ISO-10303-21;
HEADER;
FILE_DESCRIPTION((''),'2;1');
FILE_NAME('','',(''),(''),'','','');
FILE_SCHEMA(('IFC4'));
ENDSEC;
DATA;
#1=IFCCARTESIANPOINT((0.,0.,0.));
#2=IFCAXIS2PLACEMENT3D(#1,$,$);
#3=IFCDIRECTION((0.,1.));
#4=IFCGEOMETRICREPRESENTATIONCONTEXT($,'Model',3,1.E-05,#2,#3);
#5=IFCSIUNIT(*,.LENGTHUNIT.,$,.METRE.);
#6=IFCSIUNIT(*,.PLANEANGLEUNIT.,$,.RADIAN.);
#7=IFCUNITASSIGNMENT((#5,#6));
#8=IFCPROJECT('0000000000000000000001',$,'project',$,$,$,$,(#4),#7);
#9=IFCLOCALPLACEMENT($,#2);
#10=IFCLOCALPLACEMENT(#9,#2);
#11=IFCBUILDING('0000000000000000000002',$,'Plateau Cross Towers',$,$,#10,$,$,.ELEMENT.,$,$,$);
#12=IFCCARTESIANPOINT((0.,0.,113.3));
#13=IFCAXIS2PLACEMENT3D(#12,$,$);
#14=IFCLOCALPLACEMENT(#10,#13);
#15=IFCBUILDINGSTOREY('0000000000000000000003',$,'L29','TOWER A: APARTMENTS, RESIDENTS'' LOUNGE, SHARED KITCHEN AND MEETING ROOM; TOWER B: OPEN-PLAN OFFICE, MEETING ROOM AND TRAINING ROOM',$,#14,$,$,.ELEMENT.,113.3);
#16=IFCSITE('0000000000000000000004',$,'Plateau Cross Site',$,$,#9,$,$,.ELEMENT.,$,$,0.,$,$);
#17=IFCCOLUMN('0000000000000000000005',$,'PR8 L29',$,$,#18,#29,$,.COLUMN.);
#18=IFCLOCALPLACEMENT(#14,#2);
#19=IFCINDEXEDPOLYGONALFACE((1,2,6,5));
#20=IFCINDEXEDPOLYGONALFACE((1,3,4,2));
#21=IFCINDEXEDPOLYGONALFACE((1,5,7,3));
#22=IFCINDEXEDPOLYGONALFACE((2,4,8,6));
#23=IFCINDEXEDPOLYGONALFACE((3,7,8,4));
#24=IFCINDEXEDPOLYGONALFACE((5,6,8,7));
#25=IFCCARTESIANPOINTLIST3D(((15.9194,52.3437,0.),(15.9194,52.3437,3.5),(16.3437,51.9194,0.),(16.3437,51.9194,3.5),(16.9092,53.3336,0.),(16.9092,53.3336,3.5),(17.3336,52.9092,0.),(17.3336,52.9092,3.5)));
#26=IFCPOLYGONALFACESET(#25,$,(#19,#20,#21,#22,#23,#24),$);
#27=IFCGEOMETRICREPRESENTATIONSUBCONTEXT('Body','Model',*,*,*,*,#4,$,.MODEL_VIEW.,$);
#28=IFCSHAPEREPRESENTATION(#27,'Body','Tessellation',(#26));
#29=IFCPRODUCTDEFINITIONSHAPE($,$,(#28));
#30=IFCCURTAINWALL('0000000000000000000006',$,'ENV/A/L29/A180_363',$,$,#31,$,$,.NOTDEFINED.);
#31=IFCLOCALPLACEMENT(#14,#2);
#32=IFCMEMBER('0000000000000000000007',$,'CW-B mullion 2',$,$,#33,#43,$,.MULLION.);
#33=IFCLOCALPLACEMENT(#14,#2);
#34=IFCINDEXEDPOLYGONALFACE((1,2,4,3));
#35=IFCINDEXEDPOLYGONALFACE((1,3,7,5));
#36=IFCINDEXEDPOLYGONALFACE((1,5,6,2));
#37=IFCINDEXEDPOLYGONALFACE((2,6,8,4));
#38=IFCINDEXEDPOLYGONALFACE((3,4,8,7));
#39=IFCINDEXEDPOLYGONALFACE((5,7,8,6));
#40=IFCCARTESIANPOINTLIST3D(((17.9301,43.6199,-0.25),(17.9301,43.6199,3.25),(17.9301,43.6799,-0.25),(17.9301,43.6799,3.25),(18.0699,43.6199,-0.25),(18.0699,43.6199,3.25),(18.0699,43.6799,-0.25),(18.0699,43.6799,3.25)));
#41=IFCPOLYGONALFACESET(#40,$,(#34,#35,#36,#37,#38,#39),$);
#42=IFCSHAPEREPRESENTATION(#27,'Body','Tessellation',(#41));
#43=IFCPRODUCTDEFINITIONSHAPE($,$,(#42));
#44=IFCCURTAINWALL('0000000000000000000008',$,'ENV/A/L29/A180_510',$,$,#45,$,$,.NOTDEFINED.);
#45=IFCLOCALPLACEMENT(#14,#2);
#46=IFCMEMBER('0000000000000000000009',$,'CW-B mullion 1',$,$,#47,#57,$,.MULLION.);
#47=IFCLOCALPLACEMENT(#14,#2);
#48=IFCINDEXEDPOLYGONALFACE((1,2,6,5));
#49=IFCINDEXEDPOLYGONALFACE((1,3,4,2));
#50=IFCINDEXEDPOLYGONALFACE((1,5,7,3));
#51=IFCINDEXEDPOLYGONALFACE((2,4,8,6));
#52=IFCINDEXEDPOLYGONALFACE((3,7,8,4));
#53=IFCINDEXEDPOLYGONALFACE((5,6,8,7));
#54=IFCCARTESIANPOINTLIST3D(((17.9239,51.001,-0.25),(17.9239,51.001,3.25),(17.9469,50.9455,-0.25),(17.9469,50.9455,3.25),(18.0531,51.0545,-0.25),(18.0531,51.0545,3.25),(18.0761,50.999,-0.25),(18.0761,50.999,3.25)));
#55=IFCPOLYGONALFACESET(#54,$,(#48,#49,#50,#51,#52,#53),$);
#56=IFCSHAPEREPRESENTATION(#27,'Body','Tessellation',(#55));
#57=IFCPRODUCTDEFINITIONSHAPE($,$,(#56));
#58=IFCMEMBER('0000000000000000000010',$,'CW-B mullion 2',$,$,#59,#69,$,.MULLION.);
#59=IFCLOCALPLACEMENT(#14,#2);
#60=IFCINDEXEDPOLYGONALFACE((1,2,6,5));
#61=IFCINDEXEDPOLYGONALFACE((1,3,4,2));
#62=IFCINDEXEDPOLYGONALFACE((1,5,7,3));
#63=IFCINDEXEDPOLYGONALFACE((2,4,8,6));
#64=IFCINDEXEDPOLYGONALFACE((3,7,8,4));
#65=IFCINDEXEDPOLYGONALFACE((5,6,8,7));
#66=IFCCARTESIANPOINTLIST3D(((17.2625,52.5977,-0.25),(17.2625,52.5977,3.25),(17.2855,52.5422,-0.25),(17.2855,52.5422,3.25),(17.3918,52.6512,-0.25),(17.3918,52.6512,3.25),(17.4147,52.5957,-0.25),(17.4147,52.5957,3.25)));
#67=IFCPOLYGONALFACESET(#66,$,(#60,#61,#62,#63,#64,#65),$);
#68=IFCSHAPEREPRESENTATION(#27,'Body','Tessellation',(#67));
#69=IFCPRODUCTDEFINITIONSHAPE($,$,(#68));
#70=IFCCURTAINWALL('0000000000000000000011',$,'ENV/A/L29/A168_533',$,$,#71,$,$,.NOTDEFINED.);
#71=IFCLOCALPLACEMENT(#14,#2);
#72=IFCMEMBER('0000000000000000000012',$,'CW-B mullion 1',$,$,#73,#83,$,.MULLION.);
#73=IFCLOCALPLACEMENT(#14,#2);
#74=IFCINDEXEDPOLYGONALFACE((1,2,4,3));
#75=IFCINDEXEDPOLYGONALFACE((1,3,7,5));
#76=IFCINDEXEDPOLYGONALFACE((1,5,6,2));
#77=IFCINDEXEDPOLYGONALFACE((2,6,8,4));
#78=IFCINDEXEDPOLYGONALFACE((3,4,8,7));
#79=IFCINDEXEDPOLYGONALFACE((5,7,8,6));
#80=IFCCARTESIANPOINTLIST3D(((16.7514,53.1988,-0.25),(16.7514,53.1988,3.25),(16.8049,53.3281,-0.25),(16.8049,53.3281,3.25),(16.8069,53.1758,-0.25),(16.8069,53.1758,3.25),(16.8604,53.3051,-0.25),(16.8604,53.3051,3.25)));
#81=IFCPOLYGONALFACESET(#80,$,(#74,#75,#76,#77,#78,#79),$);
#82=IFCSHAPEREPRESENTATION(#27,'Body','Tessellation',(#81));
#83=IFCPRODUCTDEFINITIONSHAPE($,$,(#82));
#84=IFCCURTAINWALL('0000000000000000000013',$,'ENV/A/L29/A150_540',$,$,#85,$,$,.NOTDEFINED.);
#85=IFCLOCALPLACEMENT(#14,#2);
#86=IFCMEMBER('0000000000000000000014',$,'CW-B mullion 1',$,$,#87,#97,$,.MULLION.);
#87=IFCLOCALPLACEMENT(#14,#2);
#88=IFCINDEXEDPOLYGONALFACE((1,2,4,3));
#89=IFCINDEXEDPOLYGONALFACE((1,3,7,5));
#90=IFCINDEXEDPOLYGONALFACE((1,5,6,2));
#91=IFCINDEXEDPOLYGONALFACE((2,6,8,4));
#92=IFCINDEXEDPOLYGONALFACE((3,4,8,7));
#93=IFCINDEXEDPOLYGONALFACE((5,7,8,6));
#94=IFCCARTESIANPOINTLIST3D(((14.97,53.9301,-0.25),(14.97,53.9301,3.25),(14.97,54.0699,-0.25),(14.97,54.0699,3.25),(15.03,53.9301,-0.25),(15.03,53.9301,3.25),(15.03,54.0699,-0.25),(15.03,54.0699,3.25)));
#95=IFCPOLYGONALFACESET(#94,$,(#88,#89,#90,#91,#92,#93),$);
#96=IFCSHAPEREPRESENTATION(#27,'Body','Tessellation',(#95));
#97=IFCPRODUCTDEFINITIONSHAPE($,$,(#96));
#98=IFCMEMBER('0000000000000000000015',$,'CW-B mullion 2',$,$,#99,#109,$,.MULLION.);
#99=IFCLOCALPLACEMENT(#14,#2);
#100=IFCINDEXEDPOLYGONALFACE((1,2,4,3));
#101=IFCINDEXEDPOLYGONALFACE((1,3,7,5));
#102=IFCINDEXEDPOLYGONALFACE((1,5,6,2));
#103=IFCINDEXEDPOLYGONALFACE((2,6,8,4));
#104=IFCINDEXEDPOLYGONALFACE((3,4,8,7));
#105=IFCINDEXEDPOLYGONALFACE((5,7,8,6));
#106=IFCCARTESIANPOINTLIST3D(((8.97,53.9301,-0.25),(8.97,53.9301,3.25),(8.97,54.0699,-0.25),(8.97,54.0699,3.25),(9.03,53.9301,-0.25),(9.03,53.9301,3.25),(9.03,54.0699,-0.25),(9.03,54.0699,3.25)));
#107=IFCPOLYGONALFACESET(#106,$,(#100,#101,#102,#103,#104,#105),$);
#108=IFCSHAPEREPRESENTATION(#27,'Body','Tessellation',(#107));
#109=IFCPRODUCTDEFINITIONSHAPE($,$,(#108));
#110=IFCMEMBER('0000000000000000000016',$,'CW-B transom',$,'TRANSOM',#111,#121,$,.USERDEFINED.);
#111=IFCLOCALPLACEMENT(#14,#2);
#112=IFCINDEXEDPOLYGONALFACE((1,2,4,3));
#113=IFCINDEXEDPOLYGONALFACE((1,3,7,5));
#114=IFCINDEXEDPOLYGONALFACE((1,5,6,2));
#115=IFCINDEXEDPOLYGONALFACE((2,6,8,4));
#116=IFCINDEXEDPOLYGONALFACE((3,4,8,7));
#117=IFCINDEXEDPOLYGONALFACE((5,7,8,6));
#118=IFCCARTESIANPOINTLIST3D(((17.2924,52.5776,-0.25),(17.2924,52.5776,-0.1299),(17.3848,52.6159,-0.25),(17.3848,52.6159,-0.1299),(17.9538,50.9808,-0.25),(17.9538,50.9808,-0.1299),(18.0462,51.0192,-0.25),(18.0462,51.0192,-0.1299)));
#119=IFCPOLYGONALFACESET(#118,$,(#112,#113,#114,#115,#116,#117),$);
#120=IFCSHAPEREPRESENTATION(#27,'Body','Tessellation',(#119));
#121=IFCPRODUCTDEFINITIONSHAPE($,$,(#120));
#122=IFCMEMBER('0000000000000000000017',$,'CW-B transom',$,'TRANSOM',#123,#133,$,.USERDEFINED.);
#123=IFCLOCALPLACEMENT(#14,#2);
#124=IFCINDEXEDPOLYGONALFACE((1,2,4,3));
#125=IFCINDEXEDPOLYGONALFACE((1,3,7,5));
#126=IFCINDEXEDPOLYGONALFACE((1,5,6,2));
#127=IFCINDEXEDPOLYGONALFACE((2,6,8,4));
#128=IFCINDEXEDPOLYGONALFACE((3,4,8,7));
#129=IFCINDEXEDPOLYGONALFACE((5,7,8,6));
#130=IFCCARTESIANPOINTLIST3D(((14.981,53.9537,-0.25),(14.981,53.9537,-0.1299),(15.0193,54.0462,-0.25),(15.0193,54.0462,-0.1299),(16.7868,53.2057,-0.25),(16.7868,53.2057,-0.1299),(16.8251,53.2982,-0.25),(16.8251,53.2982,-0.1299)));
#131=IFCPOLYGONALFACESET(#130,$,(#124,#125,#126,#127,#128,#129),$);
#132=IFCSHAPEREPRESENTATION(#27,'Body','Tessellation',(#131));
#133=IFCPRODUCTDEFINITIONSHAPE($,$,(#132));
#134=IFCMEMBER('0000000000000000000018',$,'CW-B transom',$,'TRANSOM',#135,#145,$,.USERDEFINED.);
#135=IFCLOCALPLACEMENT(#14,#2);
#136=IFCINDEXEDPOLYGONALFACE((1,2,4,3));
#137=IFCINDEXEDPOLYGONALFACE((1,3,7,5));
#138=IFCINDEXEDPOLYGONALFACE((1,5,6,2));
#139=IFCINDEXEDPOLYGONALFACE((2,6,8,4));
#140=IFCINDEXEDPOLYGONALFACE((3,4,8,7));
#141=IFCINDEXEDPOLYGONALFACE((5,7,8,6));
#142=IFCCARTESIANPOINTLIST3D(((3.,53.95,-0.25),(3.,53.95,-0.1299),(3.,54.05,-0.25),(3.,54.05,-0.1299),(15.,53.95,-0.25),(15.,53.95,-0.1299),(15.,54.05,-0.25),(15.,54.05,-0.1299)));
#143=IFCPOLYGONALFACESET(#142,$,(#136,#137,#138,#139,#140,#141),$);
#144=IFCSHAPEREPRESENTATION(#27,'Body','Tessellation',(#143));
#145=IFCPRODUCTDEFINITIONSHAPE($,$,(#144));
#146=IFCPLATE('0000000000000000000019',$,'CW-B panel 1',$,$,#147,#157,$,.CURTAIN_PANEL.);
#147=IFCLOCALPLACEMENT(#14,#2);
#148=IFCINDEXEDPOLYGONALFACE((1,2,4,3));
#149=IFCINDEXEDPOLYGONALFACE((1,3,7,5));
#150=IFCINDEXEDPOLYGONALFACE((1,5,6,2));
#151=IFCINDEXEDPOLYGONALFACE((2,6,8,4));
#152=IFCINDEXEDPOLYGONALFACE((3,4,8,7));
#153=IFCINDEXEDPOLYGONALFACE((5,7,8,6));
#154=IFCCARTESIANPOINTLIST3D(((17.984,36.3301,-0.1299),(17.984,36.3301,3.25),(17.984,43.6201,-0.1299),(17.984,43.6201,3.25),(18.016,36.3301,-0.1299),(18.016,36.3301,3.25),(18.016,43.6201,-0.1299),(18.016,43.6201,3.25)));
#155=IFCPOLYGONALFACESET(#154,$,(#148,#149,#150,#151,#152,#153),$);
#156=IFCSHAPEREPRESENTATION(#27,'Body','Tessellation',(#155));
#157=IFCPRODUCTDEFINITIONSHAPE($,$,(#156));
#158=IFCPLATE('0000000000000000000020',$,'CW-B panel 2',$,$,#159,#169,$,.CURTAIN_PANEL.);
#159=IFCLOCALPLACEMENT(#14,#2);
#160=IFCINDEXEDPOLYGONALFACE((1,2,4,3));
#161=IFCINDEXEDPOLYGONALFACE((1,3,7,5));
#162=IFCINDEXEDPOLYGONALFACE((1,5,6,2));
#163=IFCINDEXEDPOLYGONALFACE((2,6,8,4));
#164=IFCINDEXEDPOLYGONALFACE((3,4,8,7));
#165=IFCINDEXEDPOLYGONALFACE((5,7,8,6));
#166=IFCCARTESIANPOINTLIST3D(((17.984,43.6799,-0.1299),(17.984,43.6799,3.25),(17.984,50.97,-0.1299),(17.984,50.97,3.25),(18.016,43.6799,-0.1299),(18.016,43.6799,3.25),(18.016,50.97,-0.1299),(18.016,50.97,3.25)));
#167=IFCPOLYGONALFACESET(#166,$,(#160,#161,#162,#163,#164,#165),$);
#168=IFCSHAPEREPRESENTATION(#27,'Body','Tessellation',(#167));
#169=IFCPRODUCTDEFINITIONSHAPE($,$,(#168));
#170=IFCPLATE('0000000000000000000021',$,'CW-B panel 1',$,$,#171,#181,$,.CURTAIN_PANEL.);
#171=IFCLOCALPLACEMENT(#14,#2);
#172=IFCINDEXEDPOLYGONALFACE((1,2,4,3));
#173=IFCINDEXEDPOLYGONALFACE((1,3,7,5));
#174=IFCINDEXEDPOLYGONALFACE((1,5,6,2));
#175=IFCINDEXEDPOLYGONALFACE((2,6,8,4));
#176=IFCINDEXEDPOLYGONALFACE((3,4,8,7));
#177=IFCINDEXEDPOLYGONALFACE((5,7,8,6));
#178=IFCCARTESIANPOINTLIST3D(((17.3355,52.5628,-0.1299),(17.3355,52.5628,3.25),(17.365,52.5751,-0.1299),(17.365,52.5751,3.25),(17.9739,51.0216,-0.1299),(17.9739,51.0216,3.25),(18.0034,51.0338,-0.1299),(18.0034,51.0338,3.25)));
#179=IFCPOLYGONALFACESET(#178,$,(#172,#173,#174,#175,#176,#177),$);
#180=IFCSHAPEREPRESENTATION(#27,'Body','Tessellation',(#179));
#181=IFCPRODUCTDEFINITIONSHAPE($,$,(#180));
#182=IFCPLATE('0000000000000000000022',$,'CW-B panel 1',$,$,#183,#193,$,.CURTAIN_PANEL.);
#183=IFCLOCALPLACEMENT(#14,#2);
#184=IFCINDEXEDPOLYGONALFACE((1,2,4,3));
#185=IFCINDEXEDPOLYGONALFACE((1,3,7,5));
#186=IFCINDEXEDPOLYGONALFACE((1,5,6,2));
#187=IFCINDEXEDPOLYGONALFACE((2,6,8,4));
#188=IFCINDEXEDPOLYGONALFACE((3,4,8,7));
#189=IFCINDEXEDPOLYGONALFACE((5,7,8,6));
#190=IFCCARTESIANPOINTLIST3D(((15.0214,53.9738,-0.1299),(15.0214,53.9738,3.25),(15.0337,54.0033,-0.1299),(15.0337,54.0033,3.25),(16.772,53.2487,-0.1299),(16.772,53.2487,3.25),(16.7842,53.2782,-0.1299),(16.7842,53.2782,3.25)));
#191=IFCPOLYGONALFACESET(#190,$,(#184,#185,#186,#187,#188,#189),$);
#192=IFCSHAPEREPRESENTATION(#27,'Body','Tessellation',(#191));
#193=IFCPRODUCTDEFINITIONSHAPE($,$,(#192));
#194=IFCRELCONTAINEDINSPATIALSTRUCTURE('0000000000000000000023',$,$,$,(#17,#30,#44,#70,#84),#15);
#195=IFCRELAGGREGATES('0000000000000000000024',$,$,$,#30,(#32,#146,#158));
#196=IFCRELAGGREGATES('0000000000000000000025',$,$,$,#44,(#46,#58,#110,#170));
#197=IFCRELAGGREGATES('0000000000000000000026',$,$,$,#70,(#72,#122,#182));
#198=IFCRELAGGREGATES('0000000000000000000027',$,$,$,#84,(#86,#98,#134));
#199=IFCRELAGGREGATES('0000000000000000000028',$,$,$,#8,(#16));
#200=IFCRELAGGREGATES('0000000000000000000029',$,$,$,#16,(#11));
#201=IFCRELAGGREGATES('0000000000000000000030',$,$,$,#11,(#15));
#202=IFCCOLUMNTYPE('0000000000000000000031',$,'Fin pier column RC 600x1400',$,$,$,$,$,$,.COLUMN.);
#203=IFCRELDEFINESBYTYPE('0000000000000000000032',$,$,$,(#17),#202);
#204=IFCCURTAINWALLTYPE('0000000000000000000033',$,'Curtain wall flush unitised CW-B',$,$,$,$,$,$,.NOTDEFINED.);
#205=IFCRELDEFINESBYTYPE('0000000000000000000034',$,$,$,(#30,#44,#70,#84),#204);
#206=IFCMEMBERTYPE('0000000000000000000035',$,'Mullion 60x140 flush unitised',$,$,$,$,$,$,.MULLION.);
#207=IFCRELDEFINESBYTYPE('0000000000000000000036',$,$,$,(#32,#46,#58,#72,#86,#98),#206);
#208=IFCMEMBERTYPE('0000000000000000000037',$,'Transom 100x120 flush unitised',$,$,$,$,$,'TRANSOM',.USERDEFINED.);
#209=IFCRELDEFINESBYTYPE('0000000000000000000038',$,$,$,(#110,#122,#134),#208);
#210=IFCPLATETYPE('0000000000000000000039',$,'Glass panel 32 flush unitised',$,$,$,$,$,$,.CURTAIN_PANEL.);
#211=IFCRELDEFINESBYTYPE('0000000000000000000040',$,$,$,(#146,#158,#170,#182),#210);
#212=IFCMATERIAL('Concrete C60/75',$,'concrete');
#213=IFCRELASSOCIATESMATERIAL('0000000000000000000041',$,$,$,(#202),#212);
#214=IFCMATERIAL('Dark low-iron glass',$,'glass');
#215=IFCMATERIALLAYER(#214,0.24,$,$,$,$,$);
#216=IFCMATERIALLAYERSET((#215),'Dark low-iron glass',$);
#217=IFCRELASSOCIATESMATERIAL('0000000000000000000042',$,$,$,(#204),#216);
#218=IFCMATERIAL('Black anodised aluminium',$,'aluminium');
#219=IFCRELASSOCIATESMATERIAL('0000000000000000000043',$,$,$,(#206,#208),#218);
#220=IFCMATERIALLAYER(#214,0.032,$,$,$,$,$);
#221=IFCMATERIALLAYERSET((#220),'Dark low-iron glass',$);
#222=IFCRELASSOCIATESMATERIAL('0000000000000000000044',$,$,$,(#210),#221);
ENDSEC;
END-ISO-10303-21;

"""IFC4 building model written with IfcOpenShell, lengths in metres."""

from ifc_helpers import new_model, si_unit, direction, frame, origin, origin_2d, place, context, subcontext, project, spatial, rectangle, extrude, material, layer, layer_set, material_profile, profile_set, type_object, element, aggregate, save


model = new_model("IFC4")

# Units and contexts
model_context = context("Model", 3, precision=1e-05, world=origin(), true_north=direction((0.0, 1.0)))
body_context = subcontext(model_context, "Body", "Model", "MODEL_VIEW")
ifc_project = project(units=[si_unit("LENGTHUNIT", "METRE"), si_unit("PLANEANGLEUNIT", "RADIAN")], contexts=[model_context])

# Site, building, storey
site_placement = place(None, origin())
site = spatial("IfcSite", under=ifc_project, at=site_placement, Name="Plateau Cross Site", CompositionType="ELEMENT", RefElevation=0.0)
building_placement = place(site_placement, origin())
building = spatial("IfcBuilding", under=site, at=building_placement, Name="Plateau Cross Towers", CompositionType="ELEMENT")
storey_placement = place(building_placement, frame((0.0, 0.0, 113.3)))
storey = spatial("IfcBuildingStorey", under=building, at=storey_placement, Name="L29", Description="TOWER A: APARTMENTS, RESIDENTS' LOUNGE, SHARED KITCHEN AND MEETING ROOM; TOWER B: OPEN-PLAN OFFICE, MEETING ROOM AND TRAINING ROOM", CompositionType="ELEMENT", Elevation=113.3)

# Column
ifc_material_1 = material(Name="Concrete C60/75", Category="concrete")
ifc_material_profile_1 = material_profile(ifc_material_1, rectangle(XDim=0.6001, YDim=1.3999, at=origin_2d()), Name="RC 600x1400")
ifc_profile_set_1 = profile_set([ifc_material_profile_1], Name="Concrete C60/75")
column_type = type_object("IfcColumnType", Name="Fin pier column RC 600x1400", PredefinedType="COLUMN", material=ifc_profile_set_1)
column_placement = place(storey_placement, frame((16.6265, 52.6265, 0.0), z_axis=(0.0, 0.0, 1.0), x_axis=(-0.707107, 0.707107, 0.0)))
element("IfcColumn", 1, at=column_placement, inside=storey, type_object=column_type, Name="PR8 L29", PredefinedType="COLUMN", context=body_context, shape_type="SweptSolid", body=[
    extrude(rectangle(XDim=0.6001, YDim=1.3999, at=origin_2d()), origin(), (0.0, 0.0, 1.0), 3.5),
])

# Curtain wall, member
ifc_material_2 = material(Name="Dark low-iron glass", Category="glass")
ifc_layer_1 = layer(ifc_material_2, 0.24)
ifc_layer_set_1 = layer_set([ifc_layer_1], Name="Dark low-iron glass")
curtain_wall_type = type_object("IfcCurtainWallType", Name="Curtain wall flush unitised CW-B", PredefinedType="NOTDEFINED", material=ifc_layer_set_1)
curtain_wall_1_placement = place(storey_placement, origin())
curtain_wall_1 = element("IfcCurtainWall", 2, at=curtain_wall_1_placement, inside=storey, type_object=curtain_wall_type, Name="ENV/A/L29/A180_363", PredefinedType="NOTDEFINED")
ifc_material_3 = material(Name="Black anodised aluminium", Category="aluminium")
ifc_material_profile_2 = material_profile(ifc_material_3, rectangle(XDim=0.0601, YDim=0.1399, at=origin_2d()), Name="MULLION 60x140")
ifc_profile_set_2 = profile_set([ifc_material_profile_2], Name="Black anodised aluminium")
member_type_1 = type_object("IfcMemberType", Name="Mullion 60x140 flush unitised", PredefinedType="MULLION", material=ifc_profile_set_2)
member_1_placement = place(storey_placement, frame((18.0, 43.6499, -0.25), z_axis=(0.0, 0.0, 1.0), x_axis=(0.0, 1.0, 0.0)))
member_1 = element("IfcMember", 3, at=member_1_placement, type_object=member_type_1, Name="CW-B mullion 2", PredefinedType="MULLION", context=body_context, shape_type="SweptSolid", body=[
    extrude(rectangle(XDim=0.0601, YDim=0.1399, at=origin_2d()), origin(), (0.0, 0.0, 1.0), 3.5),
])

# Curtain wall, members
curtain_wall_2_placement = place(storey_placement, origin())
curtain_wall_2 = element("IfcCurtainWall", 4, at=curtain_wall_2_placement, inside=storey, type_object=curtain_wall_type, Name="ENV/A/L29/A180_510", PredefinedType="NOTDEFINED")
member_2_placement = place(storey_placement, frame((18.0, 51.0, -0.25), z_axis=(0.0, 0.0, 1.0), x_axis=(-0.382684, 0.923879, 0.0)))
member_2 = element("IfcMember", 5, at=member_2_placement, type_object=member_type_1, Name="CW-B mullion 1", PredefinedType="MULLION", context=body_context, shape_type="SweptSolid", body=[
    extrude(rectangle(XDim=0.0601, YDim=0.1399, at=origin_2d()), origin(), (0.0, 0.0, 1.0), 3.5),
])
member_3_placement = place(storey_placement, frame((17.3386, 52.5967, -0.25), z_axis=(0.0, 0.0, 1.0), x_axis=(-0.382684, 0.923879, 0.0)))
member_3 = element("IfcMember", 6, at=member_3_placement, type_object=member_type_1, Name="CW-B mullion 2", PredefinedType="MULLION", context=body_context, shape_type="SweptSolid", body=[
    extrude(rectangle(XDim=0.0601, YDim=0.1399, at=origin_2d()), origin(), (0.0, 0.0, 1.0), 3.5),
])

# Curtain wall, member
curtain_wall_3_placement = place(storey_placement, origin())
curtain_wall_3 = element("IfcCurtainWall", 7, at=curtain_wall_3_placement, inside=storey, type_object=curtain_wall_type, Name="ENV/A/L29/A168_533", PredefinedType="NOTDEFINED")
member_4_placement = place(storey_placement, frame((16.8059, 53.252, -0.25), z_axis=(0.0, 0.0, 1.0), x_axis=(-0.923879, 0.382684, 0.0)))
member_4 = element("IfcMember", 8, at=member_4_placement, type_object=member_type_1, Name="CW-B mullion 1", PredefinedType="MULLION", context=body_context, shape_type="SweptSolid", body=[
    extrude(rectangle(XDim=0.0601, YDim=0.1399, at=origin_2d()), origin(), (0.0, 0.0, 1.0), 3.5),
])

# Curtain wall, members
curtain_wall_4_placement = place(storey_placement, origin())
curtain_wall_4 = element("IfcCurtainWall", 9, at=curtain_wall_4_placement, inside=storey, type_object=curtain_wall_type, Name="ENV/A/L29/A150_540", PredefinedType="NOTDEFINED")
member_5_placement = place(storey_placement, frame((15.0, 54.0, -0.25), z_axis=(0.0, 0.0, 1.0), x_axis=(-1.0, 0.0, 0.0)))
member_5 = element("IfcMember", 10, at=member_5_placement, type_object=member_type_1, Name="CW-B mullion 1", PredefinedType="MULLION", context=body_context, shape_type="SweptSolid", body=[
    extrude(rectangle(XDim=0.0601, YDim=0.1399, at=origin_2d()), origin(), (0.0, 0.0, 1.0), 3.5),
])
member_6_placement = place(storey_placement, frame((9.0, 54.0, -0.25), z_axis=(0.0, 0.0, 1.0), x_axis=(-1.0, 0.0, 0.0)))
member_6 = element("IfcMember", 11, at=member_6_placement, type_object=member_type_1, Name="CW-B mullion 2", PredefinedType="MULLION", context=body_context, shape_type="SweptSolid", body=[
    extrude(rectangle(XDim=0.0601, YDim=0.1399, at=origin_2d()), origin(), (0.0, 0.0, 1.0), 3.5),
])

# Members
ifc_material_profile_3 = material_profile(ifc_material_3, rectangle(XDim=0.1001, YDim=0.1201, at=origin_2d()), Name="TRANSOM 100x120")
ifc_profile_set_3 = profile_set([ifc_material_profile_3], Name="Black anodised aluminium")
member_type_2 = type_object("IfcMemberType", Name="Transom 100x120 flush unitised", ElementType="TRANSOM", PredefinedType="USERDEFINED", material=ifc_profile_set_3)
member_7_placement = place(storey_placement, frame((18.0, 51.0, -0.1899), z_axis=(-0.382689, 0.923877, 0.0), x_axis=(-0.923877, -0.382689, 0.0)))
member_7 = element("IfcMember", 12, at=member_7_placement, type_object=member_type_2, Name="CW-B transom", ObjectType="TRANSOM", PredefinedType="USERDEFINED", context=body_context, shape_type="SweptSolid", body=[
    extrude(rectangle(XDim=0.1001, YDim=0.1201, at=origin_2d()), origin(), (0.0, 0.0, 1.0), 1.7283),
])
member_8_placement = place(storey_placement, frame((16.8059, 53.252, -0.1899), z_axis=(-0.923877, 0.38269, 0.0), x_axis=(-0.38269, -0.923877, 0.0)))
member_8 = element("IfcMember", 13, at=member_8_placement, type_object=member_type_2, Name="CW-B transom", ObjectType="TRANSOM", PredefinedType="USERDEFINED", context=body_context, shape_type="SweptSolid", body=[
    extrude(rectangle(XDim=0.1001, YDim=0.1201, at=origin_2d()), origin(), (0.0, 0.0, 1.0), 1.9546),
])
member_9_placement = place(storey_placement, frame((15.0, 54.0, -0.1899), z_axis=(-1.0, 0.0, 0.0), x_axis=(0.0, -1.0, 0.0)))
member_9 = element("IfcMember", 14, at=member_9_placement, type_object=member_type_2, Name="CW-B transom", ObjectType="TRANSOM", PredefinedType="USERDEFINED", context=body_context, shape_type="SweptSolid", body=[
    extrude(rectangle(XDim=0.1001, YDim=0.1201, at=origin_2d()), origin(), (0.0, 0.0, 1.0), 12.0),
])

# Plates
ifc_layer_2 = layer(ifc_material_2, 0.032)
ifc_layer_set_2 = layer_set([ifc_layer_2], Name="Dark low-iron glass")
plate_type = type_object("IfcPlateType", Name="Glass panel 32 flush unitised", PredefinedType="CURTAIN_PANEL", material=ifc_layer_set_2)
plate_1_placement = place(storey_placement, frame((18.0, 39.9751, -0.1299), z_axis=(0.0, 0.0, 1.0), x_axis=(0.0, 1.0, 0.0)))
plate_1 = element("IfcPlate", 15, at=plate_1_placement, type_object=plate_type, Name="CW-B panel 1", PredefinedType="CURTAIN_PANEL", context=body_context, shape_type="SweptSolid", body=[
    extrude(rectangle(XDim=7.29, YDim=0.032, at=origin_2d()), origin(), (0.0, 0.0, 1.0), 3.3799),
])
plate_2_placement = place(storey_placement, frame((18.0, 47.325, -0.1299), z_axis=(0.0, 0.0, 1.0), x_axis=(0.0, 1.0, 0.0)))
plate_2 = element("IfcPlate", 16, at=plate_2_placement, type_object=plate_type, Name="CW-B panel 2", PredefinedType="CURTAIN_PANEL", context=body_context, shape_type="SweptSolid", body=[
    extrude(rectangle(XDim=7.29, YDim=0.032, at=origin_2d()), origin(), (0.0, 0.0, 1.0), 3.3799),
])
aggregate(curtain_wall_1, [member_1, plate_1, plate_2])
plate_3_placement = place(storey_placement, frame((17.6694, 51.7983, -0.1299), z_axis=(0.0, 0.0, 1.0), x_axis=(-0.382684, 0.923879, 0.0)))
plate_3 = element("IfcPlate", 17, at=plate_3_placement, type_object=plate_type, Name="CW-B panel 1", PredefinedType="CURTAIN_PANEL", context=body_context, shape_type="SweptSolid", body=[
    extrude(rectangle(XDim=1.6682, YDim=0.032, at=origin_2d()), origin(), (0.0, 0.0, 1.0), 3.3799),
])
aggregate(curtain_wall_2, [member_2, member_3, member_7, plate_3])
plate_4_placement = place(storey_placement, frame((15.9028, 53.626, -0.1299), z_axis=(0.0, 0.0, 1.0), x_axis=(-0.923879, 0.382684, 0.0)))
plate_4 = element("IfcPlate", 18, at=plate_4_placement, type_object=plate_type, Name="CW-B panel 1", PredefinedType="CURTAIN_PANEL", context=body_context, shape_type="SweptSolid", body=[
    extrude(rectangle(XDim=1.8948, YDim=0.032, at=origin_2d()), origin(), (0.0, 0.0, 1.0), 3.3799),
])
aggregate(curtain_wall_3, [member_4, member_8, plate_4])
aggregate(curtain_wall_4, [member_5, member_6, member_9])

save(model, "model.ifc")
